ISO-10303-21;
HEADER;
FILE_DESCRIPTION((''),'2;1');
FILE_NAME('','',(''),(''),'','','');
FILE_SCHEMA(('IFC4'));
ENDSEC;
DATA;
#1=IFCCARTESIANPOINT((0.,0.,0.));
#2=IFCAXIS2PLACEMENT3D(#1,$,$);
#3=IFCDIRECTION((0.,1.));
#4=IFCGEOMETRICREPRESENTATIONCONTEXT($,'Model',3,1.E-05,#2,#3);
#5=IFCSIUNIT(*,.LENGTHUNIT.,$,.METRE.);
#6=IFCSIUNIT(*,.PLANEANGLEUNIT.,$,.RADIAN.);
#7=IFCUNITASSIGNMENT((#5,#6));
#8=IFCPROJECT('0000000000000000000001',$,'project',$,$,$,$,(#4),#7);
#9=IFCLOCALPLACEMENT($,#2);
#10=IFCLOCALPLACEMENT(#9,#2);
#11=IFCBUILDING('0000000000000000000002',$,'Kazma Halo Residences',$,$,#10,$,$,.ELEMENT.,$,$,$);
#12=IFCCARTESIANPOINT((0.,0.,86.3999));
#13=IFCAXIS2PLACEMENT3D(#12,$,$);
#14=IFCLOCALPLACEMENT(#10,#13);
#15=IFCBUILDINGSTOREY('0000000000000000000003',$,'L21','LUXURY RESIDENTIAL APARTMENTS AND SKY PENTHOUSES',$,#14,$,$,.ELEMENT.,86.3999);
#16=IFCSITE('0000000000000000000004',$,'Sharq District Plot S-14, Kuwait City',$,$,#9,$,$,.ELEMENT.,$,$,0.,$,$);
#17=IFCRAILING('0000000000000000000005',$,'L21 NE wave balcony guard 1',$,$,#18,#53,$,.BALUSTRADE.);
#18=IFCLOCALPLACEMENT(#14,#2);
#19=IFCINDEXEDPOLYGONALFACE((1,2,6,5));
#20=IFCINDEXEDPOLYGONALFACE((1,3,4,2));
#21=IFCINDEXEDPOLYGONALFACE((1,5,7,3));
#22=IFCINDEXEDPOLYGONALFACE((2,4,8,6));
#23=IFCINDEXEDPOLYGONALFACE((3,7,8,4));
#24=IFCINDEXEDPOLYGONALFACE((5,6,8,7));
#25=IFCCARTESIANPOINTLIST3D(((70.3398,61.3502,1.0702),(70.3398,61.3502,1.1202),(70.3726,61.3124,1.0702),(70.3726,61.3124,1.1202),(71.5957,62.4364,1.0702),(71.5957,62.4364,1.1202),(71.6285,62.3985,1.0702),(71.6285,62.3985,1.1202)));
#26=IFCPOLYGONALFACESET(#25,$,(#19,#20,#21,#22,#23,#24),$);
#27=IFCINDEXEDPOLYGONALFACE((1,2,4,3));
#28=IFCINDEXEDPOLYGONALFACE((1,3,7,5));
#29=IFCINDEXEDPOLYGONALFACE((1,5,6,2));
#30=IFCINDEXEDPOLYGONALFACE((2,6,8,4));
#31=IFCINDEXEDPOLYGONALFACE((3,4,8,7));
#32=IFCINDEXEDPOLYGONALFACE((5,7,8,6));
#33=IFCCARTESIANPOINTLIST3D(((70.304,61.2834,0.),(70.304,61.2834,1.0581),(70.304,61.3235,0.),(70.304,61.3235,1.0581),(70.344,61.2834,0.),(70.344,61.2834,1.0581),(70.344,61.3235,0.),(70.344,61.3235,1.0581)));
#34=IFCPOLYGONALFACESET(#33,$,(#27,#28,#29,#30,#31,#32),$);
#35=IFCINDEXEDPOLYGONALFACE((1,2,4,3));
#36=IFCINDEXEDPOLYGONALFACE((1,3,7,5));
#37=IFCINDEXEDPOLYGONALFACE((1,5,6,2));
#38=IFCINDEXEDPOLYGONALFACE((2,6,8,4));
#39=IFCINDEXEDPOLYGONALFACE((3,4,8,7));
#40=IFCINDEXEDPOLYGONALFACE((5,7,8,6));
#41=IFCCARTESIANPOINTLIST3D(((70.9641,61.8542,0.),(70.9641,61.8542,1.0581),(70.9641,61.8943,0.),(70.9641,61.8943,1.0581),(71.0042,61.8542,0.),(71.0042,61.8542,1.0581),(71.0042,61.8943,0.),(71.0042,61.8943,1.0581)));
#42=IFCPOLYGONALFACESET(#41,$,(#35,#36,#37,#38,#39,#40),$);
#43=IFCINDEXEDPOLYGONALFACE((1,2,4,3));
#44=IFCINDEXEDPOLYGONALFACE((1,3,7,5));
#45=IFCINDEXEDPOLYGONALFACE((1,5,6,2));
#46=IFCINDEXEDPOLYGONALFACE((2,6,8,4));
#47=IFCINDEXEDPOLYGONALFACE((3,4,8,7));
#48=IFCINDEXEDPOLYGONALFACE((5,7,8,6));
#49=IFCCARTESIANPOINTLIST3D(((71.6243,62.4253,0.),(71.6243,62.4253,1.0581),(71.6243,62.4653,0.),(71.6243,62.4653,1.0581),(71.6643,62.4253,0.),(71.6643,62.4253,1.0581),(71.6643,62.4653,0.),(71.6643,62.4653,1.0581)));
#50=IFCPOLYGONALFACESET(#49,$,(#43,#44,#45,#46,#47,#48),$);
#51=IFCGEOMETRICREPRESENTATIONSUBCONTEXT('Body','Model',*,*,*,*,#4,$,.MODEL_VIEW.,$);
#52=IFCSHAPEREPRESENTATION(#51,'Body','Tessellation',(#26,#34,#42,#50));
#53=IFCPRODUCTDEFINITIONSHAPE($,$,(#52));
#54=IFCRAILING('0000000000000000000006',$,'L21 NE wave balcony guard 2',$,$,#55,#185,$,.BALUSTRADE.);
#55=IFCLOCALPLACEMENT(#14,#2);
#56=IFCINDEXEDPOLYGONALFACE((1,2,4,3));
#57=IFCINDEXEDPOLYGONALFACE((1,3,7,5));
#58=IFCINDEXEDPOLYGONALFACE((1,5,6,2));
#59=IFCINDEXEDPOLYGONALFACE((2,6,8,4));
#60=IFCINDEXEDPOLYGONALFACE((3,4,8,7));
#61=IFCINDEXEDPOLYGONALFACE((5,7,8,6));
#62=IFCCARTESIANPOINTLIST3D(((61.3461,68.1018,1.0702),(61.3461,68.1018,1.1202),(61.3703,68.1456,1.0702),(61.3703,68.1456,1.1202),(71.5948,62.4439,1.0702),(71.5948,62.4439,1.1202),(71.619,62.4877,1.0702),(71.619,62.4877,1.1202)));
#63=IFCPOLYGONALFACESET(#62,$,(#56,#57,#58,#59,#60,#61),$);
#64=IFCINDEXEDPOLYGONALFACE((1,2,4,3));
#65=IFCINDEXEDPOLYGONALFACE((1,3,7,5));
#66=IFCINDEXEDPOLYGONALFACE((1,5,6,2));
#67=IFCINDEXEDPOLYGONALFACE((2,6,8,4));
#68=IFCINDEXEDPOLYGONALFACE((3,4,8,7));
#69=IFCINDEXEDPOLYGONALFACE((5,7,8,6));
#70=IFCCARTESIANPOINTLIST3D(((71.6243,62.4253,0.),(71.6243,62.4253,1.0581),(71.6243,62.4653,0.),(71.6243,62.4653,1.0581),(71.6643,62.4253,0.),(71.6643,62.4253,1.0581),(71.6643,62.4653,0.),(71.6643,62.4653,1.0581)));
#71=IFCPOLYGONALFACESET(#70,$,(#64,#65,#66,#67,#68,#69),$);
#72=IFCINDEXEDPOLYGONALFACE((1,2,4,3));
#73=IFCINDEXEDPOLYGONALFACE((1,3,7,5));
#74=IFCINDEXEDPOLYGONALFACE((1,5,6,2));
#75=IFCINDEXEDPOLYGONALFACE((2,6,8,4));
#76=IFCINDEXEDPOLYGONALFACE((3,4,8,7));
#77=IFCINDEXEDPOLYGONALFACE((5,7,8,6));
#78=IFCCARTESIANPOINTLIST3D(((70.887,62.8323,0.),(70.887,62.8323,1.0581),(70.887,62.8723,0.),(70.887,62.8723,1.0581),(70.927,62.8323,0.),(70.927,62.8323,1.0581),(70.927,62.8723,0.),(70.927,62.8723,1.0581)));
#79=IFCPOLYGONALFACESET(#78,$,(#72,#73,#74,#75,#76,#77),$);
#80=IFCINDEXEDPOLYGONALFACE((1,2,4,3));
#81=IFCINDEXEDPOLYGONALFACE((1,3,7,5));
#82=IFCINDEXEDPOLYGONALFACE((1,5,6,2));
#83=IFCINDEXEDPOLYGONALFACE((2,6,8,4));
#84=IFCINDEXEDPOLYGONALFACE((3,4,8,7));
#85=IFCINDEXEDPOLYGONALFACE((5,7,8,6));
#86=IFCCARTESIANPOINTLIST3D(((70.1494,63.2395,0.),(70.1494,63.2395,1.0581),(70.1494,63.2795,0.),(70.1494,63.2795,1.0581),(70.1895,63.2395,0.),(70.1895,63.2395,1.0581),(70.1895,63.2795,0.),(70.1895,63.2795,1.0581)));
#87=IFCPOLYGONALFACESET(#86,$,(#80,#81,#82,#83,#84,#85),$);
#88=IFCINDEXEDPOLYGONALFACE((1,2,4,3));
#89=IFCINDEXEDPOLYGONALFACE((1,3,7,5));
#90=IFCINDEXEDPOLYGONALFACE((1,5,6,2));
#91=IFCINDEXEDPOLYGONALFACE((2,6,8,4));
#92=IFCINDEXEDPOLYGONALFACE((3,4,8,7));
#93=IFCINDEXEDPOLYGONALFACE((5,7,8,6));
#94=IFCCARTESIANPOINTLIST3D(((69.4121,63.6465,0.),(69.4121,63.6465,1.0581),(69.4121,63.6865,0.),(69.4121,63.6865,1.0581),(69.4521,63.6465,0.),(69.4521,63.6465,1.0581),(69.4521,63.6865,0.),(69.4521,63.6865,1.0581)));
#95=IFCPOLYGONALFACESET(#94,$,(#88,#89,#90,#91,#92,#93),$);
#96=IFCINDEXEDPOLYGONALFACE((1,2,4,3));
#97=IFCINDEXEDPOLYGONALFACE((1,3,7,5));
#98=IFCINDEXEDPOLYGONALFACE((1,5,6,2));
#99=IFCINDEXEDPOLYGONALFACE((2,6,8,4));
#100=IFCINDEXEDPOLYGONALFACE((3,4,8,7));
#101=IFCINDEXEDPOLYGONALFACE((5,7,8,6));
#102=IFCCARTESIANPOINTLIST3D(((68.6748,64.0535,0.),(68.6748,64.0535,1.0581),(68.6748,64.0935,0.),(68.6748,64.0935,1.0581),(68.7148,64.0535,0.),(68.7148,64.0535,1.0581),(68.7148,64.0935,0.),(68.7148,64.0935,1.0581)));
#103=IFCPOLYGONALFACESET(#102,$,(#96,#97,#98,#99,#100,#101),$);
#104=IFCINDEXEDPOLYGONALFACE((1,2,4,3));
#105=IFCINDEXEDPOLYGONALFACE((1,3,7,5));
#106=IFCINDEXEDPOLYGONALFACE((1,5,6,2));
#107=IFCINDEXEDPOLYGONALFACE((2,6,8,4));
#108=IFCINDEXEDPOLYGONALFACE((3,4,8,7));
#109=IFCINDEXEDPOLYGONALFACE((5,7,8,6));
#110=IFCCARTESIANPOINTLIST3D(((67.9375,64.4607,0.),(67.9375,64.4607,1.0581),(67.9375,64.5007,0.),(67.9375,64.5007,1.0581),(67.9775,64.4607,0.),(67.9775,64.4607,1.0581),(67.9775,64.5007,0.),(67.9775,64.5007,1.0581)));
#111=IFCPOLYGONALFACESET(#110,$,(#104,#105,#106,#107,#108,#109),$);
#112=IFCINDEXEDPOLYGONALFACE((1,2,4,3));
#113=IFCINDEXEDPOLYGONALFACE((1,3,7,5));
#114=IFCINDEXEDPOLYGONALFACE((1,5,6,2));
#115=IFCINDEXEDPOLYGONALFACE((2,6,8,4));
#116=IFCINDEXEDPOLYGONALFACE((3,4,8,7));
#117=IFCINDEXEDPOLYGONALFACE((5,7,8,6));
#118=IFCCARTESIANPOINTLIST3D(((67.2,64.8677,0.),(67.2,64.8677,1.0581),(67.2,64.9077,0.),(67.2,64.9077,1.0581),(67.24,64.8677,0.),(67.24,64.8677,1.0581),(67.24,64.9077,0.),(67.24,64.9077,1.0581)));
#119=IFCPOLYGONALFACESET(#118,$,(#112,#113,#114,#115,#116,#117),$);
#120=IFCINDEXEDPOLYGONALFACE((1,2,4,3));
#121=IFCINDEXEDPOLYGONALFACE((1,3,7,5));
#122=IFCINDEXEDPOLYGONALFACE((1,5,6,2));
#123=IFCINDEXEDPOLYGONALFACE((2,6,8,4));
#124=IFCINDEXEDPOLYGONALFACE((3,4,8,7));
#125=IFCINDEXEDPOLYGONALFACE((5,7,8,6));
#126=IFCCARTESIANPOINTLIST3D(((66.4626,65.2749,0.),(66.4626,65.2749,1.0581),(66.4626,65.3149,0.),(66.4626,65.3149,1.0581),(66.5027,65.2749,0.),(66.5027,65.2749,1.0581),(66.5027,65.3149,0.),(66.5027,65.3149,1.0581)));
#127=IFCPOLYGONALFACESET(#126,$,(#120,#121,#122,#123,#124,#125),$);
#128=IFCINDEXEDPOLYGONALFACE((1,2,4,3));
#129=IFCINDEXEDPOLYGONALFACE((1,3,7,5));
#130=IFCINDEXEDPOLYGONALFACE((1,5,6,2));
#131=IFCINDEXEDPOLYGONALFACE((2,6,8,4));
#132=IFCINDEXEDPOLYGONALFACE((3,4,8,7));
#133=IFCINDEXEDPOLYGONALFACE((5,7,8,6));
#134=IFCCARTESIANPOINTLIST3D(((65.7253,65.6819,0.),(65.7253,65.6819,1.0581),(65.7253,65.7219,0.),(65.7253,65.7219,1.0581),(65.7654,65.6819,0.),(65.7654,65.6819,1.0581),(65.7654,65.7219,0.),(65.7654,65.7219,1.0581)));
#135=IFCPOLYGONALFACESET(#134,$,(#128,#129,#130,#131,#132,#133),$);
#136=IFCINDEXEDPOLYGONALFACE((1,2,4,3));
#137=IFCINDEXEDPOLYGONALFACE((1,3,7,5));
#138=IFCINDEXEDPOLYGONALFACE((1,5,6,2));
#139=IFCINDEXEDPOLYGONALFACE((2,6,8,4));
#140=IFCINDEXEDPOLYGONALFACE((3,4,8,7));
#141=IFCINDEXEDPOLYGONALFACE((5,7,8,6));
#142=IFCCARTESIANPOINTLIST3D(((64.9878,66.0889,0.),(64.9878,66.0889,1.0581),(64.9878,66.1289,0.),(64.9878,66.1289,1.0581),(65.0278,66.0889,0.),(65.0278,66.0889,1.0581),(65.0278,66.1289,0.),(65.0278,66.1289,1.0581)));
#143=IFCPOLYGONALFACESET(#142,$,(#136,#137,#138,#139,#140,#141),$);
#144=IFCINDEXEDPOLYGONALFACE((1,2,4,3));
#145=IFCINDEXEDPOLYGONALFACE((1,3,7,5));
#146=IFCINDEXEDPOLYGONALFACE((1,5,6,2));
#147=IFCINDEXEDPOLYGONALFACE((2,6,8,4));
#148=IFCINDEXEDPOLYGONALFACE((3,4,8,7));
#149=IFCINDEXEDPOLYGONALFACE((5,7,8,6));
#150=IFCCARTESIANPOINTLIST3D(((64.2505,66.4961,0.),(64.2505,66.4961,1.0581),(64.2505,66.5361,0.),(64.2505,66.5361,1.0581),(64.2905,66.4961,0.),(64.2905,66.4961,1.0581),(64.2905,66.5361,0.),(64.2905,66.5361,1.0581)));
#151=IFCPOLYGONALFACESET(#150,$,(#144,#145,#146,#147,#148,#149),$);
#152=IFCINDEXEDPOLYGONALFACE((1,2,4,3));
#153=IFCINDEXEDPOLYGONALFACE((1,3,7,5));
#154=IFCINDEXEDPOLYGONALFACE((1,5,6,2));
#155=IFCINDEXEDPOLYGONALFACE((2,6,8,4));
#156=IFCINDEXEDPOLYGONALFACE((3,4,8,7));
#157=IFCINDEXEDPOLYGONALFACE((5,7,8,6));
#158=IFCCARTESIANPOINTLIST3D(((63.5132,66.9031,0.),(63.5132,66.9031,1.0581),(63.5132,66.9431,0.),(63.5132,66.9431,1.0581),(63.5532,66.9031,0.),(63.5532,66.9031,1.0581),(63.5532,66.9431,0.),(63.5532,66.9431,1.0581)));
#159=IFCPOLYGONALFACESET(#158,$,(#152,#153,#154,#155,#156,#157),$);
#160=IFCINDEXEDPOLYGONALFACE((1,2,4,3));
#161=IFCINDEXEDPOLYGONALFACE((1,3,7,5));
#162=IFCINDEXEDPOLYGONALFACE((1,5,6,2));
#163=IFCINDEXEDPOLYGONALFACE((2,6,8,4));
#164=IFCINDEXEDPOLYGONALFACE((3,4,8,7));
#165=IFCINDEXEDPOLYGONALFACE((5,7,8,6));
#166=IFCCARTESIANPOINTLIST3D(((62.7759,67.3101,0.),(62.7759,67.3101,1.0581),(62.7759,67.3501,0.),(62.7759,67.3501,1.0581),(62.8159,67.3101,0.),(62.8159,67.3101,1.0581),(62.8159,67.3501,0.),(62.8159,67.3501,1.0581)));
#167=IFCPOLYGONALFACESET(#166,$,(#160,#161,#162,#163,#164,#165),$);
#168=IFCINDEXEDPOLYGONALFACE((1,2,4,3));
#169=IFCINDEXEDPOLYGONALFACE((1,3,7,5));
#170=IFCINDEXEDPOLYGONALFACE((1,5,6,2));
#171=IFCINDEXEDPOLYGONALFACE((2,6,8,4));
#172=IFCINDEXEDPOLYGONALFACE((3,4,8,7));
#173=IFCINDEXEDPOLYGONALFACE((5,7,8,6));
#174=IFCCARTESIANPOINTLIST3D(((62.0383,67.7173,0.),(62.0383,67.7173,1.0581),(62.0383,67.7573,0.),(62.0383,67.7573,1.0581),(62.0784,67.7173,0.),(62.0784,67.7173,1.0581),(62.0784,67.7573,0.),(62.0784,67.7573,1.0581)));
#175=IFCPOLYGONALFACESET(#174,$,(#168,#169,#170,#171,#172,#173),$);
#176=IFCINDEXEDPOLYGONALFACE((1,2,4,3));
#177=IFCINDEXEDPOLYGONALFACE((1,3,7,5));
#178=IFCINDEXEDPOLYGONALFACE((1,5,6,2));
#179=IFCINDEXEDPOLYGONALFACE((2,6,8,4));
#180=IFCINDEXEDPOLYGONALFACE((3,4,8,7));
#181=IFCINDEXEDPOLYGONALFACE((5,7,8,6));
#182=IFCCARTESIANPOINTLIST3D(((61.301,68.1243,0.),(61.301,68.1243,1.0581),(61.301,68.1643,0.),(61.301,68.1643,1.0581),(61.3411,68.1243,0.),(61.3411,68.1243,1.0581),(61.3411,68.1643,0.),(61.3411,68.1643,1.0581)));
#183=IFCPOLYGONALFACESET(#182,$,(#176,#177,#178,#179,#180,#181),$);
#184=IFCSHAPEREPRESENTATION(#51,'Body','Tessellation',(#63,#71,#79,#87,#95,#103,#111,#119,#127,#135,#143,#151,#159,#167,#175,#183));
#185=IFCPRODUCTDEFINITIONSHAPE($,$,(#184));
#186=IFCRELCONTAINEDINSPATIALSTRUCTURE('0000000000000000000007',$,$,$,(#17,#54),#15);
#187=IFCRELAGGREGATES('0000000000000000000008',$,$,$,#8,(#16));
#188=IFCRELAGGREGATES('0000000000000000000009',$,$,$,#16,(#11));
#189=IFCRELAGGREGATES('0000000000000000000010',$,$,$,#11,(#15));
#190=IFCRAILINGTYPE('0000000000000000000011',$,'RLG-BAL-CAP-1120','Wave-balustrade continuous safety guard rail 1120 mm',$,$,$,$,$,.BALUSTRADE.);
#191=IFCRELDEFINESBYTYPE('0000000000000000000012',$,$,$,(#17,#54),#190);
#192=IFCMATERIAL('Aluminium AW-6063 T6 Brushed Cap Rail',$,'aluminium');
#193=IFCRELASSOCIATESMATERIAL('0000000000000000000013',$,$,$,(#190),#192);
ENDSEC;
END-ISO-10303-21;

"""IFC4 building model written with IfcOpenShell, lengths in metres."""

from ifc_helpers import new_model, si_unit, direction, frame, origin, origin_2d, place, context, subcontext, project, spatial, rectangle, extrude, material, type_object, element, save


model = new_model("IFC4")

# Units and contexts
model_context = context("Model", 3, precision=1e-05, world=origin(), true_north=direction((0.0, 1.0)))
body_context = subcontext(model_context, "Body", "Model", "MODEL_VIEW")
ifc_project = project(units=[si_unit("LENGTHUNIT", "METRE"), si_unit("PLANEANGLEUNIT", "RADIAN")], contexts=[model_context])

# Site, building, storey
site_placement = place(None, origin())
site = spatial("IfcSite", under=ifc_project, at=site_placement, Name="Sharq District Plot S-14, Kuwait City", CompositionType="ELEMENT", RefElevation=0.0)
building_placement = place(site_placement, origin())
building = spatial("IfcBuilding", under=site, at=building_placement, Name="Kazma Halo Residences", CompositionType="ELEMENT")
storey_placement = place(building_placement, frame((0.0, 0.0, 86.3999)))
storey = spatial("IfcBuildingStorey", under=building, at=storey_placement, Name="L21", Description="LUXURY RESIDENTIAL APARTMENTS AND SKY PENTHOUSES", CompositionType="ELEMENT", Elevation=86.3999)

# Railings
ifc_material_1 = material(Name="Aluminium AW-6063 T6 Brushed Cap Rail", Category="aluminium")
railing_type = type_object("IfcRailingType", Name="RLG-BAL-CAP-1120", Description="Wave-balustrade continuous safety guard rail 1120 mm", PredefinedType="BALUSTRADE", material=ifc_material_1)
railing_1_placement = place(storey_placement, frame((70.324, 61.3035, 0.0)))
element("IfcRailing", 1, at=railing_1_placement, inside=storey, type_object=railing_type, Name="L21 NE wave balcony guard 1", PredefinedType="BALUSTRADE", context=body_context, shape_type="SweptSolid", body=[
    extrude(rectangle(XDim=0.05, YDim=0.05, at=origin_2d()), frame((0.0322, 0.0278, 1.0952), z_axis=(0.756376, 0.654137, 0.0), x_axis=(-0.654137, 0.756376, 0.0)), (0.0, 0.0, 1.0), 1.6604),
    extrude(rectangle(XDim=0.04, YDim=0.04, at=origin_2d()), origin(), (0.0, 0.0, 1.0), 1.0581),
    extrude(rectangle(XDim=0.04, YDim=0.04, at=origin_2d()), frame((0.6602, 0.5708, 0.0)), (0.0, 0.0, 1.0), 1.0581),
    extrude(rectangle(XDim=0.04, YDim=0.04, at=origin_2d()), frame((1.3203, 1.1418, 0.0)), (0.0, 0.0, 1.0), 1.0581),
])
railing_2_placement = place(storey_placement, frame((71.6443, 62.4453, 0.0)))
element("IfcRailing", 2, at=railing_2_placement, inside=storey, type_object=railing_type, Name="L21 NE wave balcony guard 2", PredefinedType="BALUSTRADE", context=body_context, shape_type="SweptSolid", body=[
    extrude(rectangle(XDim=0.05, YDim=0.05, at=origin_2d()), frame((-0.0374, 0.0205, 1.0952), z_axis=(-0.875456, 0.483298, 0.0), x_axis=(-0.483298, -0.875456, 0.0)), (0.0, 0.0, 1.0), 11.7068),
    extrude(rectangle(XDim=0.04, YDim=0.04, at=origin_2d()), origin(), (0.0, 0.0, 1.0), 1.0581),
    extrude(rectangle(XDim=0.04, YDim=0.04, at=origin_2d()), frame((-0.7373, 0.407, 0.0)), (0.0, 0.0, 1.0), 1.0581),
    extrude(rectangle(XDim=0.04, YDim=0.04, at=origin_2d()), frame((-1.4749, 0.8142, 0.0)), (0.0, 0.0, 1.0), 1.0581),
    extrude(rectangle(XDim=0.04, YDim=0.04, at=origin_2d()), frame((-2.2122, 1.2212, 0.0)), (0.0, 0.0, 1.0), 1.0581),
    extrude(rectangle(XDim=0.04, YDim=0.04, at=origin_2d()), frame((-2.9495, 1.6282, 0.0)), (0.0, 0.0, 1.0), 1.0581),
    extrude(rectangle(XDim=0.04, YDim=0.04, at=origin_2d()), frame((-3.6868, 2.0354, 0.0)), (0.0, 0.0, 1.0), 1.0581),
    extrude(rectangle(XDim=0.04, YDim=0.04, at=origin_2d()), frame((-4.4243, 2.4424, 0.0)), (0.0, 0.0, 1.0), 1.0581),
    extrude(rectangle(XDim=0.04, YDim=0.04, at=origin_2d()), frame((-5.1616, 2.8496, 0.0)), (0.0, 0.0, 1.0), 1.0581),
    extrude(rectangle(XDim=0.04, YDim=0.04, at=origin_2d()), frame((-5.8989, 3.2566, 0.0)), (0.0, 0.0, 1.0), 1.0581),
    extrude(rectangle(XDim=0.04, YDim=0.04, at=origin_2d()), frame((-6.6365, 3.6636, 0.0)), (0.0, 0.0, 1.0), 1.0581),
    extrude(rectangle(XDim=0.04, YDim=0.04, at=origin_2d()), frame((-7.3738, 4.0708, 0.0)), (0.0, 0.0, 1.0), 1.0581),
    extrude(rectangle(XDim=0.04, YDim=0.04, at=origin_2d()), frame((-8.1111, 4.4778, 0.0)), (0.0, 0.0, 1.0), 1.0581),
    extrude(rectangle(XDim=0.04, YDim=0.04, at=origin_2d()), frame((-8.8484, 4.8848, 0.0)), (0.0, 0.0, 1.0), 1.0581),
    extrude(rectangle(XDim=0.04, YDim=0.04, at=origin_2d()), frame((-9.5859, 5.292, 0.0)), (0.0, 0.0, 1.0), 1.0581),
    extrude(rectangle(XDim=0.04, YDim=0.04, at=origin_2d()), frame((-10.3232, 5.699, 0.0)), (0.0, 0.0, 1.0), 1.0581),
])

save(model, "model.ifc")
